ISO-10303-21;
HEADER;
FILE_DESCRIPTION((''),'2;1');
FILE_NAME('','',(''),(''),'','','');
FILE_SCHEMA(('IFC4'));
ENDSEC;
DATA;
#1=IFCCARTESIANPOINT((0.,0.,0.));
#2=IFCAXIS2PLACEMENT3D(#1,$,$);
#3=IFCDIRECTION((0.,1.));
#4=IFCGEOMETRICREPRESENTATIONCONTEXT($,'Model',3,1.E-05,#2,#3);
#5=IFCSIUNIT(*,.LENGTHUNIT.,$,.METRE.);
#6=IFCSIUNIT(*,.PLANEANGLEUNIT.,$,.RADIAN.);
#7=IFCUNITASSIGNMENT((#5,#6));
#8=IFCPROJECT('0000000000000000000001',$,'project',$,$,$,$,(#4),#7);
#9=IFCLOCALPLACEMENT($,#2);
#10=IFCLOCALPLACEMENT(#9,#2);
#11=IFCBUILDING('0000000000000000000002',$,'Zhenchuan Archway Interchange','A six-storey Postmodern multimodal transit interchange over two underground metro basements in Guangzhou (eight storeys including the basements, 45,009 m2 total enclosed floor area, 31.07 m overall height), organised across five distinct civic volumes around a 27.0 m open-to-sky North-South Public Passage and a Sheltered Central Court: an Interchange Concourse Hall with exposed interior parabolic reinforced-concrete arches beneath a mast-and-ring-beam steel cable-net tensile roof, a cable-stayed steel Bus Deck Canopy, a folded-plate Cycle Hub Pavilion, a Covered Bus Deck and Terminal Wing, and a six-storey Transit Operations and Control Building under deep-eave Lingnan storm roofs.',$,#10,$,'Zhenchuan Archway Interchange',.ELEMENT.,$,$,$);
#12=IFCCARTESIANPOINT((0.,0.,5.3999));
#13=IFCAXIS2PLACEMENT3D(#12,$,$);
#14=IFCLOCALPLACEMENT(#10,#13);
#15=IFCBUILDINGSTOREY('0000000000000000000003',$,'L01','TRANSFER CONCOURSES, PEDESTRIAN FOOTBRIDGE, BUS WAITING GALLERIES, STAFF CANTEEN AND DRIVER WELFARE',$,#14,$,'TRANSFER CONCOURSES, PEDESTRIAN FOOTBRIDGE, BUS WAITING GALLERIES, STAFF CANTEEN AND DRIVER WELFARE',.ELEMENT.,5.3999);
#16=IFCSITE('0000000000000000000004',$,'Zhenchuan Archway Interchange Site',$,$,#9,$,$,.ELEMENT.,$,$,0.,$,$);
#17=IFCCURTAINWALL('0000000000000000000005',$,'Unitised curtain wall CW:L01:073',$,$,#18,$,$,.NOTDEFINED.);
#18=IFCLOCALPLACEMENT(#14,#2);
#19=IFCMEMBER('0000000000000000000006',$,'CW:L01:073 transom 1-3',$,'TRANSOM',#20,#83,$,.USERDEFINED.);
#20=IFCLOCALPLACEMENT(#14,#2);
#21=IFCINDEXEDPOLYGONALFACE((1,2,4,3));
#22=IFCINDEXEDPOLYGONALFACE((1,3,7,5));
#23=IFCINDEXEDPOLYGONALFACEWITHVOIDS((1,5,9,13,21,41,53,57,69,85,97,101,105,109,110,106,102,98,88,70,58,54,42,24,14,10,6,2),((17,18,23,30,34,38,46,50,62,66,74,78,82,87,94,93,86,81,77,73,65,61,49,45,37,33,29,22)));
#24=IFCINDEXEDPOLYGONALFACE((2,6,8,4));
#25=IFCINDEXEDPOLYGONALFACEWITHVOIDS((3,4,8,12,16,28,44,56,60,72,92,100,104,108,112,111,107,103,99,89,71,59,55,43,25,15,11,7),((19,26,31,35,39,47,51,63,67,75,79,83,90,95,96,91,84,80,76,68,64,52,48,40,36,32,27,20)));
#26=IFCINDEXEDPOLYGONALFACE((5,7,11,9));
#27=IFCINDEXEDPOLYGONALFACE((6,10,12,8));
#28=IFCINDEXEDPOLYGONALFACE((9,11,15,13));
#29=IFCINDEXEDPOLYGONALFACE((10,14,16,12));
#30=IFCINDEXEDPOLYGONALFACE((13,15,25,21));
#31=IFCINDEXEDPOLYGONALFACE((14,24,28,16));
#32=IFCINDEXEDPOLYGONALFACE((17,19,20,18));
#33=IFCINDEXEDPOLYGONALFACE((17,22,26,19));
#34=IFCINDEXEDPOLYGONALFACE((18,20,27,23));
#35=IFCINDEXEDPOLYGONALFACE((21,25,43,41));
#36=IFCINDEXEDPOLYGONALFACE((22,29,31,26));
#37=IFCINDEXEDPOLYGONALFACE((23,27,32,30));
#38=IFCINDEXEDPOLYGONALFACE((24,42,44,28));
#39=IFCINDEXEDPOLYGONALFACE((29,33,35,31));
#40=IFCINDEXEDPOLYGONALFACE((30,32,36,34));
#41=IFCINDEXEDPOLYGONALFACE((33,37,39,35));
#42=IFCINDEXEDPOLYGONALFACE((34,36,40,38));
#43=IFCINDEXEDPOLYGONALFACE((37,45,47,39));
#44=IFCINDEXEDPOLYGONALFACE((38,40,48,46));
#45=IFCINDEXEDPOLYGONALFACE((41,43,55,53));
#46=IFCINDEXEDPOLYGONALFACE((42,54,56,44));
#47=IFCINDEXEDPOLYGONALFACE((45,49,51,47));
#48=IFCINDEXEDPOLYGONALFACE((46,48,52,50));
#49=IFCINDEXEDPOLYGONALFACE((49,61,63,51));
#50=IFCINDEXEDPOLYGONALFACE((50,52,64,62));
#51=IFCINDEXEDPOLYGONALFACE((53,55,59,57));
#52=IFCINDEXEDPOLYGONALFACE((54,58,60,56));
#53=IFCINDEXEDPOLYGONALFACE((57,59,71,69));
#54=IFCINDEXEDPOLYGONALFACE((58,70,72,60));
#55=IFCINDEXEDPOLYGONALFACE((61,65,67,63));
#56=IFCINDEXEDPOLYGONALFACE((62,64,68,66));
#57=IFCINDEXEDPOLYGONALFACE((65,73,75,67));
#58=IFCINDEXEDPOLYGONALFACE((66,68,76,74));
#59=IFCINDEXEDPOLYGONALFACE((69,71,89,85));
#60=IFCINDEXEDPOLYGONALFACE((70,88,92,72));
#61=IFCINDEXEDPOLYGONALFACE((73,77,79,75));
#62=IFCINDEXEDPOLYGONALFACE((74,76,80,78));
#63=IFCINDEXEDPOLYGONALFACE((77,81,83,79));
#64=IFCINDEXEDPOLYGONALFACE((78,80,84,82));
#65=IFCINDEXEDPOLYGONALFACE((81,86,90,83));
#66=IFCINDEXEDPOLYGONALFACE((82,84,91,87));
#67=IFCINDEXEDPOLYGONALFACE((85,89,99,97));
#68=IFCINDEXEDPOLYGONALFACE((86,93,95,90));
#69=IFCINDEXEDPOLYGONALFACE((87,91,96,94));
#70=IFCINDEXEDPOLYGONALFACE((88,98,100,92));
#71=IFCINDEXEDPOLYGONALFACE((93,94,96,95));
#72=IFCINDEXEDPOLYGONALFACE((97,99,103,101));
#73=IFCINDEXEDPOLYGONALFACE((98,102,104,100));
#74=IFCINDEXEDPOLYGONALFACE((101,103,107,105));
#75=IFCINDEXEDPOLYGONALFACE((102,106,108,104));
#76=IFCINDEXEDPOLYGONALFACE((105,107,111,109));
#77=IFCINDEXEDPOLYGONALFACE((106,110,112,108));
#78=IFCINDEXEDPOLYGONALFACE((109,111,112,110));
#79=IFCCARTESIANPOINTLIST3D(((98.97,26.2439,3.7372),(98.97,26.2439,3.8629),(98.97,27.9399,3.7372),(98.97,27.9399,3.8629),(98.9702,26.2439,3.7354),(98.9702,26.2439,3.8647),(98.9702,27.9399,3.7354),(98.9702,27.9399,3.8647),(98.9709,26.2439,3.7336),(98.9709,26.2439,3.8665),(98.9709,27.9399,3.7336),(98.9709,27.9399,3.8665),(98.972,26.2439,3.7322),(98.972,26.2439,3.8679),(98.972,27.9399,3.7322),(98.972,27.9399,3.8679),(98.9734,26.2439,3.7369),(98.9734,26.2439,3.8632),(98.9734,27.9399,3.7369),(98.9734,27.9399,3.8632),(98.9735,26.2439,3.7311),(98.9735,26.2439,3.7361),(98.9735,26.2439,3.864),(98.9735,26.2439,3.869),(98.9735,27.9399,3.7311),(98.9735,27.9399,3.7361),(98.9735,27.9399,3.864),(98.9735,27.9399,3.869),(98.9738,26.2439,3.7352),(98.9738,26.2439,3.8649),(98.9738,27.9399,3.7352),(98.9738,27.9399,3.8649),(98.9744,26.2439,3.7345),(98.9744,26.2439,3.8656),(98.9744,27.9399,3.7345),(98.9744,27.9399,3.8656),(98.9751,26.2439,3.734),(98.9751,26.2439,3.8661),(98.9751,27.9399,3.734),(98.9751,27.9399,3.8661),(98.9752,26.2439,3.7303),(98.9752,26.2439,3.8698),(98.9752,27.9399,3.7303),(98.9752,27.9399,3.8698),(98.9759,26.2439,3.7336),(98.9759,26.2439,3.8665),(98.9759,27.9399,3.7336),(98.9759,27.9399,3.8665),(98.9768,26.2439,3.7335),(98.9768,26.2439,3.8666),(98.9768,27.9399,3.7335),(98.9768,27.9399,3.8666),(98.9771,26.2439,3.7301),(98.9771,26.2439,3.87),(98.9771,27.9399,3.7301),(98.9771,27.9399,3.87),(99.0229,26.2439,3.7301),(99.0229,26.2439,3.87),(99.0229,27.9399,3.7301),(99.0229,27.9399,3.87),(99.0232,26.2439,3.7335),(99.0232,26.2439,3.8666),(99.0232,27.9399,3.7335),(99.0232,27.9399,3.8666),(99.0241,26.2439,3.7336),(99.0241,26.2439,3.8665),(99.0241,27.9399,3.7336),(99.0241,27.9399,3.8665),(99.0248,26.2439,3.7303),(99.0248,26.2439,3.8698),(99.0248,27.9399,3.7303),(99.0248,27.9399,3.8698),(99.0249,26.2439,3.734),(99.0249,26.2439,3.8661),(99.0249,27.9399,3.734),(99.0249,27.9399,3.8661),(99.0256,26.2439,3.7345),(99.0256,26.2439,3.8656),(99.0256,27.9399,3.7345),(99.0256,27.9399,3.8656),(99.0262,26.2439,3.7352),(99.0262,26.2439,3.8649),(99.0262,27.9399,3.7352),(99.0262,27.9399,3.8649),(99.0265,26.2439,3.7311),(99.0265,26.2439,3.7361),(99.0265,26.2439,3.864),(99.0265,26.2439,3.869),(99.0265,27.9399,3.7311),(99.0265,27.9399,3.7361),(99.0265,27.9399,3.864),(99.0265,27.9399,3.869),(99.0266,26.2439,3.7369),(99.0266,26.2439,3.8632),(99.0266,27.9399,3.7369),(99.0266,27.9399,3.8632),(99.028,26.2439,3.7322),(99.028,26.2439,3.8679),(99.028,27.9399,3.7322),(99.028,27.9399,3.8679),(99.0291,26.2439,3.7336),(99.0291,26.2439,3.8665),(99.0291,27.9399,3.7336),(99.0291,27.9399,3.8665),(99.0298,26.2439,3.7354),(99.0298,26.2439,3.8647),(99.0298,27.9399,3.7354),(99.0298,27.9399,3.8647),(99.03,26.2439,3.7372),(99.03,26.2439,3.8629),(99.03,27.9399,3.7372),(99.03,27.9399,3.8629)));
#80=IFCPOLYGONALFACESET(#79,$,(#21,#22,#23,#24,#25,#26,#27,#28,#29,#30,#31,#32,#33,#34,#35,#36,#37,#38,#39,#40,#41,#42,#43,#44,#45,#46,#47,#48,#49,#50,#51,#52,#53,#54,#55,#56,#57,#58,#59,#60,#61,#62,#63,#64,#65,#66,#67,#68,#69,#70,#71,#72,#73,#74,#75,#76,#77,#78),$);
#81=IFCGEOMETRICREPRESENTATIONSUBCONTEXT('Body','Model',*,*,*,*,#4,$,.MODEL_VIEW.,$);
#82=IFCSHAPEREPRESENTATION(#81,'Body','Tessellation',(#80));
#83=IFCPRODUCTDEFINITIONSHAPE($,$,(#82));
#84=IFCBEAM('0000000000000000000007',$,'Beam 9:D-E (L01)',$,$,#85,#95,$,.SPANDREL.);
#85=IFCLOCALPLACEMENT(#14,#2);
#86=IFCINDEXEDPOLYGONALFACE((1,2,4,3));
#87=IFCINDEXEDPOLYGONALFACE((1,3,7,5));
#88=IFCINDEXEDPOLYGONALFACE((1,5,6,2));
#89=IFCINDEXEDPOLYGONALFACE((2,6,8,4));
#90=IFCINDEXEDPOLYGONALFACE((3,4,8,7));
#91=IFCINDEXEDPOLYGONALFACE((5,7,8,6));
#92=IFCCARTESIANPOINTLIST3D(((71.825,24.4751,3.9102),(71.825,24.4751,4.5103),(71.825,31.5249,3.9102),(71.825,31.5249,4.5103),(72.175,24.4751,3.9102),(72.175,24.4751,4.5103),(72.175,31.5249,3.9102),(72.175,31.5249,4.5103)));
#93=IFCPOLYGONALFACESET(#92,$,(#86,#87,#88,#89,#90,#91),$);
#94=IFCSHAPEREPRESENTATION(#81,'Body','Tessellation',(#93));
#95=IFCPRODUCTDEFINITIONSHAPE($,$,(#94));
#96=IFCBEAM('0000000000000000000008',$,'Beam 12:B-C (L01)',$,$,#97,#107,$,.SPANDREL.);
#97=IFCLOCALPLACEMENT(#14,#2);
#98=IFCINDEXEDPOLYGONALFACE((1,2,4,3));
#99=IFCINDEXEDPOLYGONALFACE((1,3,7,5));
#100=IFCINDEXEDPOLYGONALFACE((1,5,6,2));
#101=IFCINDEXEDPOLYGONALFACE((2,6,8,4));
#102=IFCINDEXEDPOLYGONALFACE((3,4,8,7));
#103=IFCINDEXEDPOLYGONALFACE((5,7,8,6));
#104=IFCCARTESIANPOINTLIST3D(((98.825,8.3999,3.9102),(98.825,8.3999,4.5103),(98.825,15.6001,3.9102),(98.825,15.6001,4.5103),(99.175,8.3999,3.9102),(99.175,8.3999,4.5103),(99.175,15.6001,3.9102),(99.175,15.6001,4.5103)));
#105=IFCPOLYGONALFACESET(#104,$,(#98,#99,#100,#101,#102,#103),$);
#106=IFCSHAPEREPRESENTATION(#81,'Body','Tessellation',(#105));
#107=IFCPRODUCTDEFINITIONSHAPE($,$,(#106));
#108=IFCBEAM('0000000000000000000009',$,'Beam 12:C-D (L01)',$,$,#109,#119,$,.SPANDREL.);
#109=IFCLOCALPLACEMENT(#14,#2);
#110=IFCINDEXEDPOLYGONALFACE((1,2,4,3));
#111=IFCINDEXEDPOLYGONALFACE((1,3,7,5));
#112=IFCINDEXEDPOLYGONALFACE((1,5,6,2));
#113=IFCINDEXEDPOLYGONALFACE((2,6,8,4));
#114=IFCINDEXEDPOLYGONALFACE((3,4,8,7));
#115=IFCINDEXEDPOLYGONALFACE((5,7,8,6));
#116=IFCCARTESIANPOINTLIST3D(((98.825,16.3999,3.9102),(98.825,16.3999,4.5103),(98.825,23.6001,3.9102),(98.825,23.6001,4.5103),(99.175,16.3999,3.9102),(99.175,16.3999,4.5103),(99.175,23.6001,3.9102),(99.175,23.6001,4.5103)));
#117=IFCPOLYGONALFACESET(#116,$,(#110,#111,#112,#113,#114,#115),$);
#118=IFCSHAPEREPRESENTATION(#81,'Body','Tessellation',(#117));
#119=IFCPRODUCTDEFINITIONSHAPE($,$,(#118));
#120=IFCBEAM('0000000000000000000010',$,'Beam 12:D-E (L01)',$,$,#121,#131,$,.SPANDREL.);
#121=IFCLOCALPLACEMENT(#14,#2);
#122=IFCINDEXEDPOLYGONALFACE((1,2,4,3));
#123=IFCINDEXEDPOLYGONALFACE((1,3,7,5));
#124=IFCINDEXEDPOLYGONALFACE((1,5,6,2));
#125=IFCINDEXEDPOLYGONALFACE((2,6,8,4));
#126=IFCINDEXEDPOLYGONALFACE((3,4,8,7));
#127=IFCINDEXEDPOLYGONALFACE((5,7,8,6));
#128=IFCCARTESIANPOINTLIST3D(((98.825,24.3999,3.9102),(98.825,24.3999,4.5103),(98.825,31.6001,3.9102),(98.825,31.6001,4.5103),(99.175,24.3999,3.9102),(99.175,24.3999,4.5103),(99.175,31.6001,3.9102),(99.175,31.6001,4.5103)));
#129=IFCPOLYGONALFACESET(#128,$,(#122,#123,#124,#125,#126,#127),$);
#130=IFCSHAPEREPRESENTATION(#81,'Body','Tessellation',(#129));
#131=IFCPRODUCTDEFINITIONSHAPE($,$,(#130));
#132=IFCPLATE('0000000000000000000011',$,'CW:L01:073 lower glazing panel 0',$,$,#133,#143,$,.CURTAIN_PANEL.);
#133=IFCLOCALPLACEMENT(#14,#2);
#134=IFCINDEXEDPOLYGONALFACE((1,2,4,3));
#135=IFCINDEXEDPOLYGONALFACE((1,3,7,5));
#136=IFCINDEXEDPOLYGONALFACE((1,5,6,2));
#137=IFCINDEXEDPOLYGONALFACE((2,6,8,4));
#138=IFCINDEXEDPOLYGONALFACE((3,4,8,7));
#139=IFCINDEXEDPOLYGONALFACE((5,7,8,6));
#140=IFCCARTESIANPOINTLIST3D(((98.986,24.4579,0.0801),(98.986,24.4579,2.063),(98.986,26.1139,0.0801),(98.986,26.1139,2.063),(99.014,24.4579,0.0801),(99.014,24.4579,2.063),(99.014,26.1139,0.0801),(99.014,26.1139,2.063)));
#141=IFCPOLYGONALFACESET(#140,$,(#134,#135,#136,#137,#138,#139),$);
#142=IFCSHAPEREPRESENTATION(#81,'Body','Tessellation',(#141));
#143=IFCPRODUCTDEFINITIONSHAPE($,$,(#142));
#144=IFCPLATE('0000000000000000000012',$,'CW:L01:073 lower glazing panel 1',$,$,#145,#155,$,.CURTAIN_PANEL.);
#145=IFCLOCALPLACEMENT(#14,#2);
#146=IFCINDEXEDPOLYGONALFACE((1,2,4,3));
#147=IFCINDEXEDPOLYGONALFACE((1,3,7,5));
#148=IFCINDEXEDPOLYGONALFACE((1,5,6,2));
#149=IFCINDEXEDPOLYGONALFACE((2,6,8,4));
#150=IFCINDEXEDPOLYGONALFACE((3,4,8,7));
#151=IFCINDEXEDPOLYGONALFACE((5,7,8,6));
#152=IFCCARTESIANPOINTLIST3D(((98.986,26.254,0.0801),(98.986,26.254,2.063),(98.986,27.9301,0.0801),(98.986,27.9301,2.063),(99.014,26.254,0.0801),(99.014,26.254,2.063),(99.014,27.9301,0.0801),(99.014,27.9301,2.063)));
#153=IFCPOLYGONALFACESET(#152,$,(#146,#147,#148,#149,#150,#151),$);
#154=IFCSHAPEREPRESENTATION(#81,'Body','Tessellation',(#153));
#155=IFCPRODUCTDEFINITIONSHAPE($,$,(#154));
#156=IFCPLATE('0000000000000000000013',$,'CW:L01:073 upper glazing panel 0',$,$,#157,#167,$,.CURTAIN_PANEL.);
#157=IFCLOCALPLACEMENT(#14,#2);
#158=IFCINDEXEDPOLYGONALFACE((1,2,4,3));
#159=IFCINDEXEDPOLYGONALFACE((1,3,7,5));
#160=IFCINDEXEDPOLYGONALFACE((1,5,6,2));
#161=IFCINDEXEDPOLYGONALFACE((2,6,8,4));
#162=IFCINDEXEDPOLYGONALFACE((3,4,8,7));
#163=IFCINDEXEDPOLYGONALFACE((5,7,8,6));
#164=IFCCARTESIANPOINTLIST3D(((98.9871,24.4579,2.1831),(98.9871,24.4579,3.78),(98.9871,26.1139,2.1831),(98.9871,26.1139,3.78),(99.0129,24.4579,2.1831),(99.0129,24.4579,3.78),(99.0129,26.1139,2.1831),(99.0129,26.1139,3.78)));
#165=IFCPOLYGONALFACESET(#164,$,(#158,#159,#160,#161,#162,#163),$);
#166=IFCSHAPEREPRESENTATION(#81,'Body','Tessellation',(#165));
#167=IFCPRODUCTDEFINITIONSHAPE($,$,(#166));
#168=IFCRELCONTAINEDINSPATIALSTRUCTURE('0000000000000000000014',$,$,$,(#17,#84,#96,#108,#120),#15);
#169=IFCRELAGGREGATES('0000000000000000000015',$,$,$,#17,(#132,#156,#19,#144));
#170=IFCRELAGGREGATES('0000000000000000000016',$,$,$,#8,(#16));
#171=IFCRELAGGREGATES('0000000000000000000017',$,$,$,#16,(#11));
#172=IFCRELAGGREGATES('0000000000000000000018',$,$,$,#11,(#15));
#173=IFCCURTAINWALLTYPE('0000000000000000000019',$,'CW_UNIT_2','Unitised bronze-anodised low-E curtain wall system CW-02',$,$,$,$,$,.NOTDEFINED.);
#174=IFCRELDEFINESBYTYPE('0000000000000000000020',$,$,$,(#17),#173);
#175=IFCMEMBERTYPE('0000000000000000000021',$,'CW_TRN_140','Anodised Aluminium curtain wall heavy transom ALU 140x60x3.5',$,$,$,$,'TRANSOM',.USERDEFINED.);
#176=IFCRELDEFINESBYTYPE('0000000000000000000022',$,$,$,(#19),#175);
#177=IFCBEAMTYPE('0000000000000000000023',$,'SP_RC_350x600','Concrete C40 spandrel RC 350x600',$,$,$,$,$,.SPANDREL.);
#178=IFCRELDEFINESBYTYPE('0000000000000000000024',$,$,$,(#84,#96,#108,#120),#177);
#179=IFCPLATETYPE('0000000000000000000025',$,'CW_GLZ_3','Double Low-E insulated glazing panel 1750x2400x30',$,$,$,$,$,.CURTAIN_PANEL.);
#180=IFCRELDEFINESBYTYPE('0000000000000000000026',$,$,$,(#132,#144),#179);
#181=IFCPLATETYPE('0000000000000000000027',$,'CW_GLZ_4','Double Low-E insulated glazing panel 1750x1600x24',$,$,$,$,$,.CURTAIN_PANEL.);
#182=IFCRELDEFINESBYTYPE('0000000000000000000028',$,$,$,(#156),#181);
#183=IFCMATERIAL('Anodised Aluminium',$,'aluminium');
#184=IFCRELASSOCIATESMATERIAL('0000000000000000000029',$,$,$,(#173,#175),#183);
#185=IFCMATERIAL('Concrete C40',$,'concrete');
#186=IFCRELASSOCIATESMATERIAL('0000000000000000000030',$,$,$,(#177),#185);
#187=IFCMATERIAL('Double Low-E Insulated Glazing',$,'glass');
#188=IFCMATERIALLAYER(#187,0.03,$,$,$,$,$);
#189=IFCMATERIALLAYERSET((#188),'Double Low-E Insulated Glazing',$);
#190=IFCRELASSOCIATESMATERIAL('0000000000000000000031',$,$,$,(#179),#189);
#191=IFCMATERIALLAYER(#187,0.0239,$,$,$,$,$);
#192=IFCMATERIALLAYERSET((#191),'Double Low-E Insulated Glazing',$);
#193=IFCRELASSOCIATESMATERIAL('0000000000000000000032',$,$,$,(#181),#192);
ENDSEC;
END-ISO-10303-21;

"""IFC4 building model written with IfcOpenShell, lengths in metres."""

from ifc_helpers import new_model, si_unit, direction, frame, origin, origin_2d, place, context, subcontext, project, spatial, rectangle, hollow_rectangle, extrude, material, layer, layer_set, material_profile, profile_set, type_object, element, aggregate, save


model = new_model("IFC4")

# Units and contexts
model_context = context("Model", 3, precision=1e-05, world=origin(), true_north=direction((0.0, 1.0)))
body_context = subcontext(model_context, "Body", "Model", "MODEL_VIEW")
ifc_project = project(units=[si_unit("LENGTHUNIT", "METRE"), si_unit("PLANEANGLEUNIT", "RADIAN")], contexts=[model_context])

# Site, building, storey
site_placement = place(None, origin())
site = spatial("IfcSite", under=ifc_project, at=site_placement, Name="Zhenchuan Archway Interchange Site", CompositionType="ELEMENT", RefElevation=0.0)
building_placement = place(site_placement, origin())
building = spatial("IfcBuilding", under=site, at=building_placement, Name="Zhenchuan Archway Interchange", Description="A six-storey Postmodern multimodal transit interchange over two underground metro basements in Guangzhou (eight storeys including the basements, 45,009 m2 total enclosed floor area, 31.07 m overall height), organised across five distinct civic volumes around a 27.0 m open-to-sky North-South Public Passage and a Sheltered Central Court: an Interchange Concourse Hall with exposed interior parabolic reinforced-concrete arches beneath a mast-and-ring-beam steel cable-net tensile roof, a cable-stayed steel Bus Deck Canopy, a folded-plate Cycle Hub Pavilion, a Covered Bus Deck and Terminal Wing, and a six-storey Transit Operations and Control Building under deep-eave Lingnan storm roofs.", LongName="Zhenchuan Archway Interchange", CompositionType="ELEMENT")
storey_placement = place(building_placement, frame((0.0, 0.0, 5.3999)))
storey = spatial("IfcBuildingStorey", under=building, at=storey_placement, Name="L01", Description="TRANSFER CONCOURSES, PEDESTRIAN FOOTBRIDGE, BUS WAITING GALLERIES, STAFF CANTEEN AND DRIVER WELFARE", LongName="TRANSFER CONCOURSES, PEDESTRIAN FOOTBRIDGE, BUS WAITING GALLERIES, STAFF CANTEEN AND DRIVER WELFARE", CompositionType="ELEMENT", Elevation=5.3999)

# Shared definitions
ifc_material_1 = material(Name="Concrete C40", Category="concrete")

# Curtain wall, member
ifc_material_2 = material(Name="Anodised Aluminium", Category="aluminium")
curtain_wall_type = type_object("IfcCurtainWallType", Name="CW_UNIT_2", Description="Unitised bronze-anodised low-E curtain wall system CW-02", PredefinedType="NOTDEFINED", material=ifc_material_2)
curtain_wall_placement = place(storey_placement, origin())
curtain_wall = element("IfcCurtainWall", 1, at=curtain_wall_placement, inside=storey, type_object=curtain_wall_type, Name="Unitised curtain wall CW:L01:073", PredefinedType="NOTDEFINED")
ifc_material_profile_1 = material_profile(ifc_material_2, hollow_rectangle(XDim=0.0601, YDim=0.1399, WallThickness=0.0034, InnerFilletRadius=0.0034, OuterFilletRadius=0.0071, at=origin_2d()), Name="ALU 140x60x3.5")
ifc_profile_set_1 = profile_set([ifc_material_profile_1], Name="Anodised Aluminium")
member_type_1 = type_object("IfcMemberType", Name="CW_TRN_140", Description="Anodised Aluminium curtain wall heavy transom ALU 140x60x3.5", ElementType="TRANSOM", PredefinedType="USERDEFINED", material=ifc_profile_set_1)
member_1_placement = place(storey_placement, frame((99.0, 26.2439, 3.8), z_axis=(0.0, 1.0, 0.0), x_axis=(-1.0, 0.0, 0.0)))
member_1 = element("IfcMember", 2, at=member_1_placement, type_object=member_type_1, Name="CW:L01:073 transom 1-3", ObjectType="TRANSOM", PredefinedType="USERDEFINED", context=body_context, shape_type="SweptSolid", body=[
    extrude(hollow_rectangle(XDim=0.0601, YDim=0.1399, WallThickness=0.0034, InnerFilletRadius=0.0034, OuterFilletRadius=0.0071, at=origin_2d()), origin(), (0.0, 0.0, 1.0), 1.696),
])

# Beams
ifc_material_profile_2 = material_profile(ifc_material_1, rectangle(XDim=0.3501, YDim=0.6001, at=origin_2d()), Name="RC 350x600")
ifc_profile_set_2 = profile_set([ifc_material_profile_2], Name="Concrete C40")
beam_type_1 = type_object("IfcBeamType", Name="SP_RC_350x600", Description="Concrete C40 spandrel RC 350x600", PredefinedType="SPANDREL", material=ifc_profile_set_2)
beam_1_placement = place(storey_placement, frame((72.0, 24.4751, 4.2102), z_axis=(0.0, 1.0, 0.0), x_axis=(-1.0, 0.0, 0.0)))
element("IfcBeam", 3, at=beam_1_placement, inside=storey, type_object=beam_type_1, Name="Beam 9:D-E (L01)", PredefinedType="SPANDREL", context=body_context, shape_type="SweptSolid", body=[
    extrude(rectangle(XDim=0.3501, YDim=0.6001, at=origin_2d()), origin(), (0.0, 0.0, 1.0), 7.0498),
])
for number, where, z_axis, x_axis, name in (
    (4, (99.0, 8.3999, 4.2102), (0.0, 1.0, 0.0), (-1.0, 0.0, 0.0), "Beam 12:B-C (L01)"),
    (5, (99.0, 16.3999, 4.2102), (0.0, 1.0, 0.0), (-1.0, 0.0, 0.0), "Beam 12:C-D (L01)"),
    (6, (99.0, 24.3999, 4.2102), (0.0, 1.0, 0.0), (-1.0, 0.0, 0.0), "Beam 12:D-E (L01)"),
):
    element("IfcBeam", number, at=place(storey_placement, frame(where, z_axis=z_axis, x_axis=x_axis)), inside=storey, type_object=beam_type_1, Name=name, PredefinedType="SPANDREL", context=body_context, shape_type="SweptSolid", body=[
        extrude(rectangle(XDim=0.3501, YDim=0.6001, at=origin_2d()), origin(), (0.0, 0.0, 1.0), 7.2002),
    ])

# Plates
ifc_material_3 = material(Name="Double Low-E Insulated Glazing", Category="glass")
ifc_layer_1 = layer(ifc_material_3, 0.03)
ifc_layer_set_1 = layer_set([ifc_layer_1], Name="Double Low-E Insulated Glazing")
plate_type_1 = type_object("IfcPlateType", Name="CW_GLZ_3", Description="Double Low-E insulated glazing panel 1750x2400x30", PredefinedType="CURTAIN_PANEL", material=ifc_layer_set_1)
plate_1_placement = place(storey_placement, frame((99.0, 25.2859, 0.0801), z_axis=(0.0, 0.0, 1.0), x_axis=(0.0, 1.0, 0.0)))
plate_1 = element("IfcPlate", 7, at=plate_1_placement, type_object=plate_type_1, Name="CW:L01:073 lower glazing panel 0", PredefinedType="CURTAIN_PANEL", context=body_context, shape_type="SweptSolid", body=[
    extrude(rectangle(XDim=1.656, YDim=0.0281, at=origin_2d()), origin(), (0.0, 0.0, 1.0), 1.9829),
])
plate_2_placement = place(storey_placement, frame((99.0, 27.092, 0.0801), z_axis=(0.0, 0.0, 1.0), x_axis=(0.0, 1.0, 0.0)))
plate_2 = element("IfcPlate", 8, at=plate_2_placement, type_object=plate_type_1, Name="CW:L01:073 lower glazing panel 1", PredefinedType="CURTAIN_PANEL", context=body_context, shape_type="SweptSolid", body=[
    extrude(rectangle(XDim=1.676, YDim=0.0281, at=origin_2d()), origin(), (0.0, 0.0, 1.0), 1.9829),
])
ifc_layer_2 = layer(ifc_material_3, 0.0239)
ifc_layer_set_2 = layer_set([ifc_layer_2], Name="Double Low-E Insulated Glazing")
plate_type_2 = type_object("IfcPlateType", Name="CW_GLZ_4", Description="Double Low-E insulated glazing panel 1750x1600x24", PredefinedType="CURTAIN_PANEL", material=ifc_layer_set_2)
plate_3_placement = place(storey_placement, frame((99.0, 25.2859, 2.1831), z_axis=(0.0, 0.0, 1.0), x_axis=(0.0, 1.0, 0.0)))
plate_3 = element("IfcPlate", 9, at=plate_3_placement, type_object=plate_type_2, Name="CW:L01:073 upper glazing panel 0", PredefinedType="CURTAIN_PANEL", context=body_context, shape_type="SweptSolid", body=[
    extrude(rectangle(XDim=1.656, YDim=0.0259, at=origin_2d()), origin(), (0.0, 0.0, 1.0), 1.5969),
])
aggregate(curtain_wall, [plate_1, plate_3, member_1, plate_2])

save(model, "model.ifc")
